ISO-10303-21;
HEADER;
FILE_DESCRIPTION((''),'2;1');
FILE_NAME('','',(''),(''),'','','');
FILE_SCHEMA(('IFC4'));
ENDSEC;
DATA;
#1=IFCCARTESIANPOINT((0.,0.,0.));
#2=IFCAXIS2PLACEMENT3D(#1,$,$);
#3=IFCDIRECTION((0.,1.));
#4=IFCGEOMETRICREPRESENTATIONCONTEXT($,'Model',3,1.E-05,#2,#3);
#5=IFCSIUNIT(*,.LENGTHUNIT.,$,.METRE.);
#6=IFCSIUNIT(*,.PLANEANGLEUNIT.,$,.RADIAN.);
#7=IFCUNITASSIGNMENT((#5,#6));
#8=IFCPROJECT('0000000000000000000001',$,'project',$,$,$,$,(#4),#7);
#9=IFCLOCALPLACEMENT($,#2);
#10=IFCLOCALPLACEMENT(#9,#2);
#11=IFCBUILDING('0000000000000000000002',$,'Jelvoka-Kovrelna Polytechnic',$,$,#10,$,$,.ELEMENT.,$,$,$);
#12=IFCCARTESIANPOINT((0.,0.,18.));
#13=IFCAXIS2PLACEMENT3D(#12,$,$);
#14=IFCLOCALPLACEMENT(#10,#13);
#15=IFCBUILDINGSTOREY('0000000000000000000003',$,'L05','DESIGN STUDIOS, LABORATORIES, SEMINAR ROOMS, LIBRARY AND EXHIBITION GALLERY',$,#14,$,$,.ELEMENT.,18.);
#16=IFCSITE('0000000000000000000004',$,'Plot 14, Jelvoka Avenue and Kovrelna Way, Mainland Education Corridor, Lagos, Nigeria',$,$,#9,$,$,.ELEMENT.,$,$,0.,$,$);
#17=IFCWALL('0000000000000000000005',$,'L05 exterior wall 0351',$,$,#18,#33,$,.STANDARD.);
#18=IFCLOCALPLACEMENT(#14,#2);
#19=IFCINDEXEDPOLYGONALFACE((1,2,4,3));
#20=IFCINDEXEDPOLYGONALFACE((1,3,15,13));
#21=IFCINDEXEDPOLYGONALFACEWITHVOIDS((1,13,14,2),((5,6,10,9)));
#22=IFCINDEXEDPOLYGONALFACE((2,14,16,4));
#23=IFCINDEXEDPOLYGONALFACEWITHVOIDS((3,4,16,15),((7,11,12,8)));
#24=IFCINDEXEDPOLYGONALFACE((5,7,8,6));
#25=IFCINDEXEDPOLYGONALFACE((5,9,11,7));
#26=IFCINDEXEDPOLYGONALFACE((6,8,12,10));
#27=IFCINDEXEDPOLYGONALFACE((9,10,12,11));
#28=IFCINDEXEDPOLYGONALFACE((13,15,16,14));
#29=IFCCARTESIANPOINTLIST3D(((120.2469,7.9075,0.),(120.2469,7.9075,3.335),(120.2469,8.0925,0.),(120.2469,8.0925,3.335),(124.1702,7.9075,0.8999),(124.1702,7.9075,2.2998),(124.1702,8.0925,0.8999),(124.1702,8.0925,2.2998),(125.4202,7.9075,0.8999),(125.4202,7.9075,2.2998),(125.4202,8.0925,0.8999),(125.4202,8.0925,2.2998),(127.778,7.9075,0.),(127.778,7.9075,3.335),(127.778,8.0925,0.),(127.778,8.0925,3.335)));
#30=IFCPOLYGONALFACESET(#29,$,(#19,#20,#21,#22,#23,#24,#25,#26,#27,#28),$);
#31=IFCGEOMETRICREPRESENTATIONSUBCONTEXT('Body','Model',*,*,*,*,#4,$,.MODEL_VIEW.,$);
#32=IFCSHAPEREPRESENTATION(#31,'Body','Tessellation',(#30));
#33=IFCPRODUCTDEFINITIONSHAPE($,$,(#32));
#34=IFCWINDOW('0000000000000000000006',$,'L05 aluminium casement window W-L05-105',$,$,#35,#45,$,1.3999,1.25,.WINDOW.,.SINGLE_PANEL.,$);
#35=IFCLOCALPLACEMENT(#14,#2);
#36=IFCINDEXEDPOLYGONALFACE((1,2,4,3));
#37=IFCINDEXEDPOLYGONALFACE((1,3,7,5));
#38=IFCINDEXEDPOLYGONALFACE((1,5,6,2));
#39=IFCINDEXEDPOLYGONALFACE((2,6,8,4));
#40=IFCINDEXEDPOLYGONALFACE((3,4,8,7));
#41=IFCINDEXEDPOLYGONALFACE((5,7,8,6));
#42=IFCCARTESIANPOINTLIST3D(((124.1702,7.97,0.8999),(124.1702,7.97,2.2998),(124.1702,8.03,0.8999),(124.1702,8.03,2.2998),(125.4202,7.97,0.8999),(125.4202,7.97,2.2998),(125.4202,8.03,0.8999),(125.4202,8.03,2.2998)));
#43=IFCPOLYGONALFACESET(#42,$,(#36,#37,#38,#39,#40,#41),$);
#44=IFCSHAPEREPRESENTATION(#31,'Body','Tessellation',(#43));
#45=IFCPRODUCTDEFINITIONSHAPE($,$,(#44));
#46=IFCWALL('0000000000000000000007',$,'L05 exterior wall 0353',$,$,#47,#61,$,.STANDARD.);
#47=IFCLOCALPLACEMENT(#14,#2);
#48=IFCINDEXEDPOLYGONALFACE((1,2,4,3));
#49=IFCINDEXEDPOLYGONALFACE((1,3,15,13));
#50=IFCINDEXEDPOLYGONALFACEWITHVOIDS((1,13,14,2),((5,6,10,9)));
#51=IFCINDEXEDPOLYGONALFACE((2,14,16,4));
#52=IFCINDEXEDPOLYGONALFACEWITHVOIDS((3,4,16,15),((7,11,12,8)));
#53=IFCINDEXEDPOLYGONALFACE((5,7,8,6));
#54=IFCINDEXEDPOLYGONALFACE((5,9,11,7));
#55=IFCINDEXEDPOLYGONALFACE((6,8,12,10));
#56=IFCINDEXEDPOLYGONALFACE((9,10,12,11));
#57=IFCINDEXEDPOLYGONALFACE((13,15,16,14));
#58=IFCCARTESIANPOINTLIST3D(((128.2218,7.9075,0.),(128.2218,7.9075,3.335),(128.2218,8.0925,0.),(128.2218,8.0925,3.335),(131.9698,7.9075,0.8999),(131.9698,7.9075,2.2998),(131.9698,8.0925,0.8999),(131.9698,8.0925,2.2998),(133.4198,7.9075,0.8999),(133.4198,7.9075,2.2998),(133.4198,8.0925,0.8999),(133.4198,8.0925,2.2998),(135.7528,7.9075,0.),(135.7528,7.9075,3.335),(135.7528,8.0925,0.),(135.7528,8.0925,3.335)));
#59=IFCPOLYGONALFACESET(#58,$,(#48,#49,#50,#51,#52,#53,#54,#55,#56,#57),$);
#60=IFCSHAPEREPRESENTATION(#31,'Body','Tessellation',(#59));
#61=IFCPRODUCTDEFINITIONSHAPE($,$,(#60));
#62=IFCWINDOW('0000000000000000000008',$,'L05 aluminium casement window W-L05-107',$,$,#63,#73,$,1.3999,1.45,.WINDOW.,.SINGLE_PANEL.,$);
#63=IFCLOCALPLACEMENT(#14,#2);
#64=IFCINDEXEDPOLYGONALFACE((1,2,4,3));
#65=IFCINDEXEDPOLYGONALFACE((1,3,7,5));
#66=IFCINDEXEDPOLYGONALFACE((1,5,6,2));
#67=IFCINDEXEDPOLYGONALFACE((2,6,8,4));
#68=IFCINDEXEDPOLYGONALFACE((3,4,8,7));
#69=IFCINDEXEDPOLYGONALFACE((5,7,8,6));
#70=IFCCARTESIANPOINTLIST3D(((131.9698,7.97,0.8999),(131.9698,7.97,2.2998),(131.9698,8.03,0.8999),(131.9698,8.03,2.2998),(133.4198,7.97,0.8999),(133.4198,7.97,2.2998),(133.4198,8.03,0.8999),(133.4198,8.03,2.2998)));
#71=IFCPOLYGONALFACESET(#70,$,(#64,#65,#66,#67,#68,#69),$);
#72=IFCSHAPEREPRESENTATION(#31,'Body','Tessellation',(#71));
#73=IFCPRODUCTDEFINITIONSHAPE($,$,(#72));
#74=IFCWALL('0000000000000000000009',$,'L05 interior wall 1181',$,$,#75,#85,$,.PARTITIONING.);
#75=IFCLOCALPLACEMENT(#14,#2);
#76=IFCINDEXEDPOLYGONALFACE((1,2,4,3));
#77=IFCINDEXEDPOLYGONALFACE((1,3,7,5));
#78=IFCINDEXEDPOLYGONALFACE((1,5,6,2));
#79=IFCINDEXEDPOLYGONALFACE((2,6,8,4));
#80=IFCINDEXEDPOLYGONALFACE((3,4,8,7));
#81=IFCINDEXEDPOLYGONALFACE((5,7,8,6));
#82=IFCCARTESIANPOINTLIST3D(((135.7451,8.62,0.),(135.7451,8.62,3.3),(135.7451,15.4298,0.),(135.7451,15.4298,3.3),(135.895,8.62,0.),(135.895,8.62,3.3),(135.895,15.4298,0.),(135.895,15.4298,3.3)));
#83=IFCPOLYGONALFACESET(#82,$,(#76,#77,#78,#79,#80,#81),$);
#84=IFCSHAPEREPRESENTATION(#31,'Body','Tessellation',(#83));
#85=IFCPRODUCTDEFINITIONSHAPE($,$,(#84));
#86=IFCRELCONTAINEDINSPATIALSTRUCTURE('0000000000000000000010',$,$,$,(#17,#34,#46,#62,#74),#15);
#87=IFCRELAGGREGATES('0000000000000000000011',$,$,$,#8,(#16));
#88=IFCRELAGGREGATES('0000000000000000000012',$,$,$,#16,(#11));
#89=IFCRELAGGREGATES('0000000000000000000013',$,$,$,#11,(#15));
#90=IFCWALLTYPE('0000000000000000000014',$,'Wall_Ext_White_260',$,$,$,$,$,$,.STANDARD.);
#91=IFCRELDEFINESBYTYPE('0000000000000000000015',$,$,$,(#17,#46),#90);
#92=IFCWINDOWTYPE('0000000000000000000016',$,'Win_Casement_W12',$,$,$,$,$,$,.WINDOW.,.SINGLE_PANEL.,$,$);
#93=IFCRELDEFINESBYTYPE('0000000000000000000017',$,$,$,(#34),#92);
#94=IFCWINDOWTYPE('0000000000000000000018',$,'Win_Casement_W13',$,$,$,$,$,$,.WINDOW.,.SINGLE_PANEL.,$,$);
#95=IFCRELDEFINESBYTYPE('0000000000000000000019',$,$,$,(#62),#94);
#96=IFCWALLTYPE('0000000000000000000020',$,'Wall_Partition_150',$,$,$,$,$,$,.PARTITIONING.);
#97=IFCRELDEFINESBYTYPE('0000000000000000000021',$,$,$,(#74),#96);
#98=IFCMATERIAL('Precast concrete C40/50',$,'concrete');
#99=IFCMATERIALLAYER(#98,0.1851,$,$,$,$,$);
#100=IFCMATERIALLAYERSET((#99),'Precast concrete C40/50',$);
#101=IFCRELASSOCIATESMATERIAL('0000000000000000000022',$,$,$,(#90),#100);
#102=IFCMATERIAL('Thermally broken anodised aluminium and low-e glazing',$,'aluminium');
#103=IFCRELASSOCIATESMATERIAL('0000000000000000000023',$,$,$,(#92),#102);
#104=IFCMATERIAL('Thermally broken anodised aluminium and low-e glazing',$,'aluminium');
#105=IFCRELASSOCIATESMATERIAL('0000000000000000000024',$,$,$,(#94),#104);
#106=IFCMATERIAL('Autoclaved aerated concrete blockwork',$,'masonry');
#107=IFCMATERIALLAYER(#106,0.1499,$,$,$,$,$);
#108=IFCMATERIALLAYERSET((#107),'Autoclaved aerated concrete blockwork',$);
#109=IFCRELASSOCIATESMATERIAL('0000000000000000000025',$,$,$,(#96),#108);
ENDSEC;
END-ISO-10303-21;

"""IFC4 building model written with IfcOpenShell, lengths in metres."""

from ifc_helpers import new_model, si_unit, direction, frame, frame_2d, origin, place, context, subcontext, project, spatial, rectangle, extrude, material, layer, layer_set, type_object, element, fill, save


model = new_model("IFC4")

# Units and contexts
model_context = context("Model", 3, precision=1e-05, world=origin(), true_north=direction((0.0, 1.0)))
body_context = subcontext(model_context, "Body", "Model", "MODEL_VIEW")
ifc_project = project(units=[si_unit("LENGTHUNIT", "METRE"), si_unit("PLANEANGLEUNIT", "RADIAN")], contexts=[model_context])

# Site, building, storey
site_placement = place(None, origin())
site = spatial("IfcSite", under=ifc_project, at=site_placement, Name="Plot 14, Jelvoka Avenue and Kovrelna Way, Mainland Education Corridor, Lagos, Nigeria", CompositionType="ELEMENT", RefElevation=0.0)
building_placement = place(site_placement, origin())
building = spatial("IfcBuilding", under=site, at=building_placement, Name="Jelvoka-Kovrelna Polytechnic", CompositionType="ELEMENT")
storey_placement = place(building_placement, frame((0.0, 0.0, 18.0)))
storey = spatial("IfcBuildingStorey", under=building, at=storey_placement, Name="L05", Description="DESIGN STUDIOS, LABORATORIES, SEMINAR ROOMS, LIBRARY AND EXHIBITION GALLERY", CompositionType="ELEMENT", Elevation=18.0)

# Walls, openings, windows
ifc_material_1 = material(Name="Precast concrete C40/50", Category="concrete")
ifc_layer_1 = layer(ifc_material_1, 0.1851)
ifc_layer_set_1 = layer_set([ifc_layer_1], Name="Precast concrete C40/50")
wall_type_1 = type_object("IfcWallType", Name="Wall_Ext_White_260", PredefinedType="STANDARD", material=ifc_layer_set_1)
wall_1_placement = place(storey_placement, frame((127.7781, 8.0, 0.0), z_axis=(0.0, 0.0, 1.0), x_axis=(-1.0, 0.0, 0.0)))
wall_1 = element("IfcWall", 1, at=wall_1_placement, inside=storey, type_object=wall_type_1, Name="L05 exterior wall 0351", PredefinedType="STANDARD", context=body_context, shape_type="SweptSolid", body=[
    extrude(rectangle(XDim=7.531, YDim=0.1851, at=frame_2d((3.7656, 0.0))), origin(), (0.0, 0.0, 1.0), 3.335),
])
opening_1_placement = place(wall_1_placement, frame((2.3579, 0.0, 0.8999)))
opening_1 = element("IfcOpeningElement", 2, at=opening_1_placement, cuts=wall_1, PredefinedType="OPENING", context=body_context, shape_type="SweptSolid", body=[
    extrude(rectangle(XDim=1.25, YDim=1.3999, at=frame_2d((0.625, 0.7))), frame((0.0, 0.1025, 0.0), z_axis=(0.0, -1.0, 0.0), x_axis=(1.0, 0.0, 0.0)), (0.0, 0.0, 1.0), 0.2051),
])
ifc_material_2 = material(Name="Thermally broken anodised aluminium and low-e glazing", Category="aluminium")
window_type_1 = type_object("IfcWindowType", Name="Win_Casement_W12", PartitioningType="SINGLE_PANEL", PredefinedType="WINDOW", material=ifc_material_2)
window_1_placement = place(opening_1_placement, origin())
window_1 = element("IfcWindow", 3, at=window_1_placement, inside=storey, type_object=window_type_1, Name="L05 aluminium casement window W-L05-105", OverallHeight=1.3999, OverallWidth=1.25, PartitioningType="SINGLE_PANEL", PredefinedType="WINDOW", context=body_context, shape_type="SweptSolid", body=[
    extrude(rectangle(XDim=1.25, YDim=1.3999, at=frame_2d((0.625, 0.7))), frame((0.0, 0.03, 0.0), z_axis=(0.0, -1.0, 0.0), x_axis=(1.0, 0.0, 0.0)), (0.0, 0.0, 1.0), 0.0601),
])
fill(opening_1, window_1)
wall_2_placement = place(storey_placement, frame((135.7529, 8.0, 0.0), z_axis=(0.0, 0.0, 1.0), x_axis=(-1.0, 0.0, 0.0)))
wall_2 = element("IfcWall", 4, at=wall_2_placement, inside=storey, type_object=wall_type_1, Name="L05 exterior wall 0353", PredefinedType="STANDARD", context=body_context, shape_type="SweptSolid", body=[
    extrude(rectangle(XDim=7.531, YDim=0.1851, at=frame_2d((3.7656, 0.0))), origin(), (0.0, 0.0, 1.0), 3.335),
])
opening_2_placement = place(wall_2_placement, frame((2.333, 0.0, 0.8999)))
opening_2 = element("IfcOpeningElement", 5, at=opening_2_placement, cuts=wall_2, PredefinedType="OPENING", context=body_context, shape_type="SweptSolid", body=[
    extrude(rectangle(XDim=1.45, YDim=1.3999, at=frame_2d((0.7251, 0.7))), frame((0.0, 0.1025, 0.0), z_axis=(0.0, -1.0, 0.0), x_axis=(1.0, 0.0, 0.0)), (0.0, 0.0, 1.0), 0.2051),
])
ifc_material_3 = material(Name="Thermally broken anodised aluminium and low-e glazing", Category="aluminium")
window_type_2 = type_object("IfcWindowType", Name="Win_Casement_W13", PartitioningType="SINGLE_PANEL", PredefinedType="WINDOW", material=ifc_material_3)
window_2_placement = place(opening_2_placement, origin())
window_2 = element("IfcWindow", 6, at=window_2_placement, inside=storey, type_object=window_type_2, Name="L05 aluminium casement window W-L05-107", OverallHeight=1.3999, OverallWidth=1.45, PartitioningType="SINGLE_PANEL", PredefinedType="WINDOW", context=body_context, shape_type="SweptSolid", body=[
    extrude(rectangle(XDim=1.45, YDim=1.3999, at=frame_2d((0.7251, 0.7))), frame((0.0, 0.03, 0.0), z_axis=(0.0, -1.0, 0.0), x_axis=(1.0, 0.0, 0.0)), (0.0, 0.0, 1.0), 0.0601),
])
fill(opening_2, window_2)

# Wall
ifc_material_4 = material(Name="Autoclaved aerated concrete blockwork", Category="masonry")
ifc_layer_2 = layer(ifc_material_4, 0.1499)
ifc_layer_set_2 = layer_set([ifc_layer_2], Name="Autoclaved aerated concrete blockwork")
wall_type_2 = type_object("IfcWallType", Name="Wall_Partition_150", PredefinedType="PARTITIONING", material=ifc_layer_set_2)
wall_3_placement = place(storey_placement, frame((135.8201, 8.6201, 0.0), z_axis=(0.0, 0.0, 1.0), x_axis=(0.0, 1.0, 0.0)))
element("IfcWall", 7, at=wall_3_placement, inside=storey, type_object=wall_type_2, Name="L05 interior wall 1181", PredefinedType="PARTITIONING", context=body_context, shape_type="SweptSolid", body=[
    extrude(rectangle(XDim=6.8098, YDim=0.1499, at=frame_2d((3.4048, 0.0))), origin(), (0.0, 0.0, 1.0), 3.3),
])

save(model, "model.ifc")
